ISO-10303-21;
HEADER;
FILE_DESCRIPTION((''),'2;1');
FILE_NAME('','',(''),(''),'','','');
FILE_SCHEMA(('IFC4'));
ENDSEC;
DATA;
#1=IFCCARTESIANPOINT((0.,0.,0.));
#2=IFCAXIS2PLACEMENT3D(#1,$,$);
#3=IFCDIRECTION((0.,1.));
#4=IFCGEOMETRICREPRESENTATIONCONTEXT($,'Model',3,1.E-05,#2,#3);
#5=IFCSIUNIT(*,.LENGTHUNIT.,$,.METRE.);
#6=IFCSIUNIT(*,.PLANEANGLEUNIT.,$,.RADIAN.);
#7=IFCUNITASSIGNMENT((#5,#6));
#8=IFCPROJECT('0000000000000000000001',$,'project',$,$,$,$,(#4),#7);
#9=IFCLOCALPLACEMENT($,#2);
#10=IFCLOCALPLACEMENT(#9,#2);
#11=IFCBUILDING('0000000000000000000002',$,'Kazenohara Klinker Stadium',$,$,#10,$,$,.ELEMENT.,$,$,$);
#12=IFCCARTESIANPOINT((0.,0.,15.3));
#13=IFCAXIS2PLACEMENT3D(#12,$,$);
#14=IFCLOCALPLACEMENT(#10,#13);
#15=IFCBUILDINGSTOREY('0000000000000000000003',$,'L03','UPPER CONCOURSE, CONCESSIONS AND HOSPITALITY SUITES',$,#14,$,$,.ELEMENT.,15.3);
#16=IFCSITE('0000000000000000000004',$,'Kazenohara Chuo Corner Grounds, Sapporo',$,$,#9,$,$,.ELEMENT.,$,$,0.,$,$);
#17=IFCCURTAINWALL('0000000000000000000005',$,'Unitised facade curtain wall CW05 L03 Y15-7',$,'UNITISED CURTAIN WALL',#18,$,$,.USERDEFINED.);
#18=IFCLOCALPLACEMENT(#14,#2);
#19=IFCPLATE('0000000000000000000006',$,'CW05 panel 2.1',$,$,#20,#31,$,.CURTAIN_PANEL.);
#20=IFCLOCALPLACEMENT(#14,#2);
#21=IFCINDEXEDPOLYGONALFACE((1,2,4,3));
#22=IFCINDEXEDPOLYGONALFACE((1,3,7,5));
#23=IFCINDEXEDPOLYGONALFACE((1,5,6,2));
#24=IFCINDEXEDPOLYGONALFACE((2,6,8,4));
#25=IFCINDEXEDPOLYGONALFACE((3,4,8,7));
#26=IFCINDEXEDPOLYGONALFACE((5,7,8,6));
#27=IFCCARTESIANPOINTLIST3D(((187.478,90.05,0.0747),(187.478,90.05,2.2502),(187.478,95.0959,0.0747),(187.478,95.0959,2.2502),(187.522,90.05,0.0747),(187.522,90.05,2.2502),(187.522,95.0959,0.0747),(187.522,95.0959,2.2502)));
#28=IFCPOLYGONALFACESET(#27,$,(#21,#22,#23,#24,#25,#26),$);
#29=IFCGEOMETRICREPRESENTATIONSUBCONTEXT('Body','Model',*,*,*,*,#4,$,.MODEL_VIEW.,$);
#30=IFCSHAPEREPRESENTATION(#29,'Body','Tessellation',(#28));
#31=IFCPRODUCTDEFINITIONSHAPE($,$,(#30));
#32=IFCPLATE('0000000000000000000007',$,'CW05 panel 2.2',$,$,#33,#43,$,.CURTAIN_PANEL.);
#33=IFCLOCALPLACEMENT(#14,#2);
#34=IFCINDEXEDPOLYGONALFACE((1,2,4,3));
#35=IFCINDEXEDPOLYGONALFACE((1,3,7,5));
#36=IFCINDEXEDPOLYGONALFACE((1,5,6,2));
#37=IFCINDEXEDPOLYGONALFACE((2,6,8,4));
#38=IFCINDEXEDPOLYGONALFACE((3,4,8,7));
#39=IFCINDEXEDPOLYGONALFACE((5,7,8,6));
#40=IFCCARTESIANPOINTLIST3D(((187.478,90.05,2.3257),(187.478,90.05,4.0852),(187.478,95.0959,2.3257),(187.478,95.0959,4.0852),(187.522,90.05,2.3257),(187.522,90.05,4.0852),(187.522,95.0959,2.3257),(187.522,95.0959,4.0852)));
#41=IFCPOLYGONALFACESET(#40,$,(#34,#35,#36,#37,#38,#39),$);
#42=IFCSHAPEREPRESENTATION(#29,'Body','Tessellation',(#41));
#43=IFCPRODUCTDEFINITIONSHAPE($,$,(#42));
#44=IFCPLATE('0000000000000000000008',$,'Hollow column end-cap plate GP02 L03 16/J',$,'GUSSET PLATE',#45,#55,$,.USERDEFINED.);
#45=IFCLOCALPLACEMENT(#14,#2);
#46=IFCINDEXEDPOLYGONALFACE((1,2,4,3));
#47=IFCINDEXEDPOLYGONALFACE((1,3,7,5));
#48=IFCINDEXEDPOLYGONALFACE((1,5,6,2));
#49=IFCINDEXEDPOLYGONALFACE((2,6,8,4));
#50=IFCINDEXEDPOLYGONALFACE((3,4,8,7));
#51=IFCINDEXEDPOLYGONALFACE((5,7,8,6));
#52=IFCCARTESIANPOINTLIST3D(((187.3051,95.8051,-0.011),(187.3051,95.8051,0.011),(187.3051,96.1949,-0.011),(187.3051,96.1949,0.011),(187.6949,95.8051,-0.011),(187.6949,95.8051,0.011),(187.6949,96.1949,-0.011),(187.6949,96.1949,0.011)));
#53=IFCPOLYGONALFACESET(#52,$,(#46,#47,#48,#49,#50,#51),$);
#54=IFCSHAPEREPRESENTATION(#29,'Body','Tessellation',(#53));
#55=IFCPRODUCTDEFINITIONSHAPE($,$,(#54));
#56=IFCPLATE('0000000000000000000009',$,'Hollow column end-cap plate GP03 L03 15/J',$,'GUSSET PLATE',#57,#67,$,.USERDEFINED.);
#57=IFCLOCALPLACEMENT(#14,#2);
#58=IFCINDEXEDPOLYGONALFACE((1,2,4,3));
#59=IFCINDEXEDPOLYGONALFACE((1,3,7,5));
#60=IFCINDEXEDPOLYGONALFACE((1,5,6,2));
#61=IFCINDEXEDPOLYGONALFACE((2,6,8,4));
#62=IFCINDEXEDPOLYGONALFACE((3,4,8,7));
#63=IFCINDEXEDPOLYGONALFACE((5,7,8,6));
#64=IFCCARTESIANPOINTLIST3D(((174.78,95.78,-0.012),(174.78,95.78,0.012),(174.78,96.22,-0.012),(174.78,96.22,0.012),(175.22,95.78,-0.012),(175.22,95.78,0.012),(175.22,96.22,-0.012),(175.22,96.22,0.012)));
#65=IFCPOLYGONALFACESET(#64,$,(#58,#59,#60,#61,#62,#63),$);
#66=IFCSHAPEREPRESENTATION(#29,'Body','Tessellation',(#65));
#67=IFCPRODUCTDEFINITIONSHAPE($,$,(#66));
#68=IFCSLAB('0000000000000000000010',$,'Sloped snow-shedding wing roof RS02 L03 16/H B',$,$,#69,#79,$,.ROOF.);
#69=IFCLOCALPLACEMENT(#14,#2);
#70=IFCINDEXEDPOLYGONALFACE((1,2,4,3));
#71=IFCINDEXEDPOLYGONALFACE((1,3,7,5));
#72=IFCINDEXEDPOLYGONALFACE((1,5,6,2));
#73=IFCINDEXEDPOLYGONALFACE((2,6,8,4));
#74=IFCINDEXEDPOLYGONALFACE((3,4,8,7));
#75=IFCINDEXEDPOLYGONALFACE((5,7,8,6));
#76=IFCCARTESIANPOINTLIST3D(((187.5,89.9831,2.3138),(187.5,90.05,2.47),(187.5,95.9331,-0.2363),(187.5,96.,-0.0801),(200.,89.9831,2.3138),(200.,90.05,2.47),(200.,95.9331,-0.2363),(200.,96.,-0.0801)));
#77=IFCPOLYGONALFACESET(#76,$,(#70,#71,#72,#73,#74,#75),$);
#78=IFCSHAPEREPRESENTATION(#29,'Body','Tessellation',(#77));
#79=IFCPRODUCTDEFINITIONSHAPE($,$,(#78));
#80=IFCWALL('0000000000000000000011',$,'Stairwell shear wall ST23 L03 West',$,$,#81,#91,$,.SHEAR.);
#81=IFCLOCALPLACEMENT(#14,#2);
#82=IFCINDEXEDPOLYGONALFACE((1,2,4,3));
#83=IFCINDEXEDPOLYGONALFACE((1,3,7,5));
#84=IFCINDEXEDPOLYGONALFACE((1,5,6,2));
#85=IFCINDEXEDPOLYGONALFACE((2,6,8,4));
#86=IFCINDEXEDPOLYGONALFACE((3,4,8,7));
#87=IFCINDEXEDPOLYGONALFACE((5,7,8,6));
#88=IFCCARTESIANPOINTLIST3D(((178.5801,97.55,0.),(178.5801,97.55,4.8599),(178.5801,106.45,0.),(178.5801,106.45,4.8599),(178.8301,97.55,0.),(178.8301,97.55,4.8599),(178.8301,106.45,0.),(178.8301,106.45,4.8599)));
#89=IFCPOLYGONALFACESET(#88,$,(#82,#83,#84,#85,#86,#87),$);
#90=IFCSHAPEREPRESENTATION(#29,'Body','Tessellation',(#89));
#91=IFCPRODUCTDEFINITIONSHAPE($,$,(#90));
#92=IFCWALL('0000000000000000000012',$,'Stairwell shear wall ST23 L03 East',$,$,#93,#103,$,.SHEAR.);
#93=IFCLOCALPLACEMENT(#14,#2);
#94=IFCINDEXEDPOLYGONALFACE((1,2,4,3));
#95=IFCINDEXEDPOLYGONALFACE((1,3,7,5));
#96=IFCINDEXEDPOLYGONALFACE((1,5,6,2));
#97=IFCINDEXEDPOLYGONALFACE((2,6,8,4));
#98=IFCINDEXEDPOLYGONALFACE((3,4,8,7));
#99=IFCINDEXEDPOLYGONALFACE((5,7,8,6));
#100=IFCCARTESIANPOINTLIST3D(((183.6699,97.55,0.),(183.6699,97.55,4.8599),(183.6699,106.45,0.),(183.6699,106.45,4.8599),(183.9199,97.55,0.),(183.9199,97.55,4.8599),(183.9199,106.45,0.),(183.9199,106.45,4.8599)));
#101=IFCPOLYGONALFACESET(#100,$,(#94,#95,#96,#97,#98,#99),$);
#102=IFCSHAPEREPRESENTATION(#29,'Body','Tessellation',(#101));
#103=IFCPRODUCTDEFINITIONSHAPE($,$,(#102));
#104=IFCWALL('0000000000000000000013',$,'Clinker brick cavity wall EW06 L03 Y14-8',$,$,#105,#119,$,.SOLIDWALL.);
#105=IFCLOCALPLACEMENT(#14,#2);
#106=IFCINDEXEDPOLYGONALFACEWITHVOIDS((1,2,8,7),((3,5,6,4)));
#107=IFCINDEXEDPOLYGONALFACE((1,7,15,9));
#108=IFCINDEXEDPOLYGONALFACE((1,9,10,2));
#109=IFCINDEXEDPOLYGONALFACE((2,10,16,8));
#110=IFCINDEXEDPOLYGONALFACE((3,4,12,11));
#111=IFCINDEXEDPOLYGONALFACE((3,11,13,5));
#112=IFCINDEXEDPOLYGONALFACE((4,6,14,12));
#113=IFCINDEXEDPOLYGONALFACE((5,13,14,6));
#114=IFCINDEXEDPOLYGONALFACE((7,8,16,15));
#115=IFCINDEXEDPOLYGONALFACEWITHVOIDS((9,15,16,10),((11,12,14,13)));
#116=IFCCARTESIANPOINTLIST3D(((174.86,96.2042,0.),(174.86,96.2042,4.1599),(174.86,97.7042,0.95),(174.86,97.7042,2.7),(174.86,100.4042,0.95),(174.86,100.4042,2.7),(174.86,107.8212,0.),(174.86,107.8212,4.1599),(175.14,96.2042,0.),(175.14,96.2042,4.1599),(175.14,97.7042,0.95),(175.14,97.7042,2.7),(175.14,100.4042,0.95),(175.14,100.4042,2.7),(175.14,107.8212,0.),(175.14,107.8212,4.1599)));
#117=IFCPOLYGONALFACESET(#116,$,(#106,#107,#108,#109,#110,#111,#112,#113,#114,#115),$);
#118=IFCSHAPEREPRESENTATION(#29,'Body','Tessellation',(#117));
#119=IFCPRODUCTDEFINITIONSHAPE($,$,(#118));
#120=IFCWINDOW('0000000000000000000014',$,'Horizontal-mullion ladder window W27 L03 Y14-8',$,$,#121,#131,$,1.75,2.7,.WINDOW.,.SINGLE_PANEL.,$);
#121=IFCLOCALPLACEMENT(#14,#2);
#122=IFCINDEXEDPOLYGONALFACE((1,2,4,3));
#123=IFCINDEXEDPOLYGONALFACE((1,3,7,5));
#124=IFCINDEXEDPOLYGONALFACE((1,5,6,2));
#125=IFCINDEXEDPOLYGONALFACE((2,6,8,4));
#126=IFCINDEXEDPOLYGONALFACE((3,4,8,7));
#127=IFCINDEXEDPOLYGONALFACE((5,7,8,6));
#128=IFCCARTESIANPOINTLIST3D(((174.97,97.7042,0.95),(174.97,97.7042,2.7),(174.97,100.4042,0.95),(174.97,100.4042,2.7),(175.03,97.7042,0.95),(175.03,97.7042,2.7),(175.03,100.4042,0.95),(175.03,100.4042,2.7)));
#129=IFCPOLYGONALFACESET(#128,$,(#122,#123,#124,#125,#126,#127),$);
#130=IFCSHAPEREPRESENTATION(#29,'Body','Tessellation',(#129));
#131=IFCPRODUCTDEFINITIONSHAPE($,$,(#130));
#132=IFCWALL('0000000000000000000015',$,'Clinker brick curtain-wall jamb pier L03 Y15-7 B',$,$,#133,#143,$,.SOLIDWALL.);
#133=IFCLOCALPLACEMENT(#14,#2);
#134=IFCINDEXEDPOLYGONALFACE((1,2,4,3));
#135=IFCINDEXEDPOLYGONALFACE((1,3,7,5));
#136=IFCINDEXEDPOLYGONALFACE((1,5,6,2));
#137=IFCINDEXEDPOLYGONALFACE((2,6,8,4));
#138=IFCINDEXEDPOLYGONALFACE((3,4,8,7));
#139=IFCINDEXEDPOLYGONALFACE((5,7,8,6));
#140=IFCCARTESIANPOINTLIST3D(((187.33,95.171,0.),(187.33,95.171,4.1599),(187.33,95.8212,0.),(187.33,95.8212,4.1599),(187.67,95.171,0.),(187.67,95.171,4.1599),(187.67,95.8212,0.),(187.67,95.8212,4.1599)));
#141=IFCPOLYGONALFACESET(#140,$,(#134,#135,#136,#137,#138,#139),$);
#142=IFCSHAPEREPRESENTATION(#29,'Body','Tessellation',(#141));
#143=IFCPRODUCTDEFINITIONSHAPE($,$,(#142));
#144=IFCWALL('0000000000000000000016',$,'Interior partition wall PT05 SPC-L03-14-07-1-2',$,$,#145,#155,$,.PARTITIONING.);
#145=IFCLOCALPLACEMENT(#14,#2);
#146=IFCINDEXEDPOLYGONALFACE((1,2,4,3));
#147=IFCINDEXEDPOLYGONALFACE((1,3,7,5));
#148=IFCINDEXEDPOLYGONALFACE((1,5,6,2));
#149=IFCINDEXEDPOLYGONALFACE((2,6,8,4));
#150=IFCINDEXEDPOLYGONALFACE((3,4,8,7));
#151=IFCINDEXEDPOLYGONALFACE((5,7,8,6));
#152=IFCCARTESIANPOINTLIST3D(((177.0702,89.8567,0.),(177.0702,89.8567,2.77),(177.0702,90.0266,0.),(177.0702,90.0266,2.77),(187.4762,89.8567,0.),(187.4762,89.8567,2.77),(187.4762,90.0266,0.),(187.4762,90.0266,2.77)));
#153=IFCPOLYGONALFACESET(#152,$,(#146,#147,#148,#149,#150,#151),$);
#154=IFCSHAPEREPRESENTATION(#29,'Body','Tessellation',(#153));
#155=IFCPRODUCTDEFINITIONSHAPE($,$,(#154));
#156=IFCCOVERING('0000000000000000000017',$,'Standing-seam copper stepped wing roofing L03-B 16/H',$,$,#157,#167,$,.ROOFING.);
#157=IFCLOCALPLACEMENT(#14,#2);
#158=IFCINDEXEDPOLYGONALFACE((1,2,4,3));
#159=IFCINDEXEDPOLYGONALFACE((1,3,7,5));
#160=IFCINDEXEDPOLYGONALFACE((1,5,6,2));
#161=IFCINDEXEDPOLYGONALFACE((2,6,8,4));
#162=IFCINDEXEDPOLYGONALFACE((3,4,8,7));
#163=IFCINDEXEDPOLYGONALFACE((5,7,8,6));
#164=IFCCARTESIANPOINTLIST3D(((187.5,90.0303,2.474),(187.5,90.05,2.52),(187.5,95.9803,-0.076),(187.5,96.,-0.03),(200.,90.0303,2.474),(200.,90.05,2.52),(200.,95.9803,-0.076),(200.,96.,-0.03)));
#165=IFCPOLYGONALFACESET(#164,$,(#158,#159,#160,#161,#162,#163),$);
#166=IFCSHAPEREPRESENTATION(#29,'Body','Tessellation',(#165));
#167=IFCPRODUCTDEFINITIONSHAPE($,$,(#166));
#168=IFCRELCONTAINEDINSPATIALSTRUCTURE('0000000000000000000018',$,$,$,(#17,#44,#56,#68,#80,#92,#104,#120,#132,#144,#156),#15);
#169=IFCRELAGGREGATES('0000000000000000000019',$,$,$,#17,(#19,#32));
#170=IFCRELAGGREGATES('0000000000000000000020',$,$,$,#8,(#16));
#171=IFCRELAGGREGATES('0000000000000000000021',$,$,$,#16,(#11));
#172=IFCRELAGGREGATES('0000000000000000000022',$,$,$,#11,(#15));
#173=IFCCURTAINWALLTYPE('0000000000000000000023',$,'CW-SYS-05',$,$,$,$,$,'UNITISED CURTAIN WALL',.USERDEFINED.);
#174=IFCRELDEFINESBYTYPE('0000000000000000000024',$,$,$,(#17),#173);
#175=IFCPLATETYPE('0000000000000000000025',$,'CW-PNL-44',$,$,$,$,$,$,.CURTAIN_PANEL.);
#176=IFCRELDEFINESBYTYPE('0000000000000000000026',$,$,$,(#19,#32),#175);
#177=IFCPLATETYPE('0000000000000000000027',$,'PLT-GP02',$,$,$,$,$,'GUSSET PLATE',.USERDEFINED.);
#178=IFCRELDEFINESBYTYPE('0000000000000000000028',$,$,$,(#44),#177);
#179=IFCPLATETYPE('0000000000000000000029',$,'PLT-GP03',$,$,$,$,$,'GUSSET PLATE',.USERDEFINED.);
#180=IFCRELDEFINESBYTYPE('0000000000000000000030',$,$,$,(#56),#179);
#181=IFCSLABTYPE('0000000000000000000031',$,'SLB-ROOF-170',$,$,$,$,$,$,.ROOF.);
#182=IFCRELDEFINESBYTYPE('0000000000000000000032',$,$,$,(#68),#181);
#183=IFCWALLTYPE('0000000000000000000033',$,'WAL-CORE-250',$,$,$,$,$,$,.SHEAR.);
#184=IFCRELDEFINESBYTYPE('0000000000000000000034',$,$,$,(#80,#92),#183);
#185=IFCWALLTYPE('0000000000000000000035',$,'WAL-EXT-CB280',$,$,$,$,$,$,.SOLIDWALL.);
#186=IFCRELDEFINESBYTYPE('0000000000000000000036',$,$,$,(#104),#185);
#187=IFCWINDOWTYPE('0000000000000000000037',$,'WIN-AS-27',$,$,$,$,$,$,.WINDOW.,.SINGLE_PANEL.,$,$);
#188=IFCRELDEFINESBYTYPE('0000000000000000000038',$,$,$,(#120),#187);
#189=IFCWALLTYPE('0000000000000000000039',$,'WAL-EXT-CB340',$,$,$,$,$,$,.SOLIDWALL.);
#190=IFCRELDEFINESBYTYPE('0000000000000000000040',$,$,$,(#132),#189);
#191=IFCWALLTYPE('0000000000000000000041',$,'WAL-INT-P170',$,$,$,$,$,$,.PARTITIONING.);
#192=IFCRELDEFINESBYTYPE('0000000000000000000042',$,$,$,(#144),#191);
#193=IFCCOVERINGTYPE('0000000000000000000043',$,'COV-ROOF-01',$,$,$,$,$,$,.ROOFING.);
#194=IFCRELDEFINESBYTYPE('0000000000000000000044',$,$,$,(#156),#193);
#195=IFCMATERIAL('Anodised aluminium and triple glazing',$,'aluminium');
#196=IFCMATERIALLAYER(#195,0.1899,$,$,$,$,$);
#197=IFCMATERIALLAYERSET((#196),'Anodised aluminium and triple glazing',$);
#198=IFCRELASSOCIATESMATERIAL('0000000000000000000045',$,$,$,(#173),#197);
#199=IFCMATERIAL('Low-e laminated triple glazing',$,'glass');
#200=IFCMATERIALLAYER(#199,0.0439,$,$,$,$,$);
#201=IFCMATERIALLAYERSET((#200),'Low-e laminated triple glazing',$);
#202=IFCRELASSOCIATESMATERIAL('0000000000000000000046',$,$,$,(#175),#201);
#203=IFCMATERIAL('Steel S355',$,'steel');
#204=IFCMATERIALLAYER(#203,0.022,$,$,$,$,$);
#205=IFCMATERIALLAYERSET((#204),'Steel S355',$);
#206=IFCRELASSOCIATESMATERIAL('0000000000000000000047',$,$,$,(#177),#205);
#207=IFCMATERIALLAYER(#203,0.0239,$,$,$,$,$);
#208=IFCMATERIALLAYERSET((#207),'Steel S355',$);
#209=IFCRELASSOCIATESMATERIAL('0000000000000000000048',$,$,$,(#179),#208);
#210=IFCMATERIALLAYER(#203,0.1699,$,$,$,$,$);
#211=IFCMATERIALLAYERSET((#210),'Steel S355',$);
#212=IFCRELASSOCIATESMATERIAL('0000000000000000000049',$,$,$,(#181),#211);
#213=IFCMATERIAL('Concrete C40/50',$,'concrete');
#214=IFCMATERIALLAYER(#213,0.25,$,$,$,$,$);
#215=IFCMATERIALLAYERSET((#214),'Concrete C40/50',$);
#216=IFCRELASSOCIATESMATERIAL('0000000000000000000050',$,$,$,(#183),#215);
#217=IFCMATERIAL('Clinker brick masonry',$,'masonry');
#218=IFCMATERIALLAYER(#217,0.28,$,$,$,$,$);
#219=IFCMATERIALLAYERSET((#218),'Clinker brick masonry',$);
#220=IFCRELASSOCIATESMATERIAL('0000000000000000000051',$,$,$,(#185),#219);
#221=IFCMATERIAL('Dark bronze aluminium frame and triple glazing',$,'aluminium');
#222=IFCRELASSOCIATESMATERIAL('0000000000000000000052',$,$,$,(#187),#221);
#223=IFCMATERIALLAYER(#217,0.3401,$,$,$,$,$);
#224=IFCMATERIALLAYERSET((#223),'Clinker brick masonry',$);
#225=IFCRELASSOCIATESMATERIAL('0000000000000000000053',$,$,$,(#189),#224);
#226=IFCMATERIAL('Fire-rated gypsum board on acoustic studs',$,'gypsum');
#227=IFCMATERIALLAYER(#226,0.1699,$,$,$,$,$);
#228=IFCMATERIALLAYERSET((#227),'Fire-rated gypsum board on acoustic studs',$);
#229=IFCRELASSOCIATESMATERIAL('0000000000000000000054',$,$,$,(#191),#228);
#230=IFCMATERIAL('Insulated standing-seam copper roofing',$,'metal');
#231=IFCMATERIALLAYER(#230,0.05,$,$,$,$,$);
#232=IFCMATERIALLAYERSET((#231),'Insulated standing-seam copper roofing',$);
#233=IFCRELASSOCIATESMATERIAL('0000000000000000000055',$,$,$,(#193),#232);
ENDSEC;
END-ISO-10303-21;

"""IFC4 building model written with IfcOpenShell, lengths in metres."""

from ifc_helpers import new_model, si_unit, direction, frame, frame_2d, origin, origin_2d, place, context, subcontext, project, spatial, polyline, rectangle, outline, extrude, material, layer, layer_set, type_object, element, fill, aggregate, save


model = new_model("IFC4")

# Units and contexts
model_context = context("Model", 3, precision=1e-05, world=origin(), true_north=direction((0.0, 1.0)))
body_context = subcontext(model_context, "Body", "Model", "MODEL_VIEW")
ifc_project = project(units=[si_unit("LENGTHUNIT", "METRE"), si_unit("PLANEANGLEUNIT", "RADIAN")], contexts=[model_context])

# Site, building, storey
site_placement = place(None, origin())
site = spatial("IfcSite", under=ifc_project, at=site_placement, Name="Kazenohara Chuo Corner Grounds, Sapporo", CompositionType="ELEMENT", RefElevation=0.0)
building_placement = place(site_placement, origin())
building = spatial("IfcBuilding", under=site, at=building_placement, Name="Kazenohara Klinker Stadium", CompositionType="ELEMENT")
storey_placement = place(building_placement, frame((0.0, 0.0, 15.3)))
storey = spatial("IfcBuildingStorey", under=building, at=storey_placement, Name="L03", Description="UPPER CONCOURSE, CONCESSIONS AND HOSPITALITY SUITES", CompositionType="ELEMENT", Elevation=15.3)

# Shared definitions
ifc_material_1 = material(Name="Steel S355", Category="steel")

# Curtain wall
ifc_material_2 = material(Name="Anodised aluminium and triple glazing", Category="aluminium")
ifc_layer_1 = layer(ifc_material_2, 0.1899)
ifc_layer_set_1 = layer_set([ifc_layer_1], Name="Anodised aluminium and triple glazing")
curtain_wall_type = type_object("IfcCurtainWallType", Name="CW-SYS-05", ElementType="UNITISED CURTAIN WALL", PredefinedType="USERDEFINED", material=ifc_layer_set_1)
curtain_wall_placement = place(storey_placement, origin())
curtain_wall = element("IfcCurtainWall", 1, at=curtain_wall_placement, inside=storey, type_object=curtain_wall_type, Name="Unitised facade curtain wall CW05 L03 Y15-7", ObjectType="UNITISED CURTAIN WALL", PredefinedType="USERDEFINED")

# Plates
ifc_material_3 = material(Name="Low-e laminated triple glazing", Category="glass")
ifc_layer_2 = layer(ifc_material_3, 0.0439)
ifc_layer_set_2 = layer_set([ifc_layer_2], Name="Low-e laminated triple glazing")
plate_type_1 = type_object("IfcPlateType", Name="CW-PNL-44", PredefinedType="CURTAIN_PANEL", material=ifc_layer_set_2)
plate_1_placement = place(storey_placement, frame((187.5, 92.573, 0.0747), z_axis=(0.0, 0.0, 1.0), x_axis=(0.0, 1.0, 0.0)))
plate_1 = element("IfcPlate", 2, at=plate_1_placement, type_object=plate_type_1, Name="CW05 panel 2.1", PredefinedType="CURTAIN_PANEL", context=body_context, shape_type="SweptSolid", body=[
    extrude(rectangle(XDim=5.0459, YDim=0.0439, at=origin_2d()), origin(), (0.0, 0.0, 1.0), 2.1755),
])
plate_2_placement = place(storey_placement, frame((187.5, 92.573, 2.3257), z_axis=(0.0, 0.0, 1.0), x_axis=(0.0, 1.0, 0.0)))
plate_2 = element("IfcPlate", 3, at=plate_2_placement, type_object=plate_type_1, Name="CW05 panel 2.2", PredefinedType="CURTAIN_PANEL", context=body_context, shape_type="SweptSolid", body=[
    extrude(rectangle(XDim=5.0459, YDim=0.0439, at=origin_2d()), origin(), (0.0, 0.0, 1.0), 1.7595),
])
aggregate(curtain_wall, [plate_1, plate_2])

# Plates
ifc_layer_3 = layer(ifc_material_1, 0.022)
ifc_layer_set_3 = layer_set([ifc_layer_3], Name="Steel S355")
plate_type_2 = type_object("IfcPlateType", Name="PLT-GP02", ElementType="GUSSET PLATE", PredefinedType="USERDEFINED", material=ifc_layer_set_3)
plate_3_placement = place(storey_placement, frame((187.5, 96.0, -0.011), z_axis=(0.0, 0.0, 1.0), x_axis=(1.0, 0.0, 0.0)))
element("IfcPlate", 4, at=plate_3_placement, inside=storey, type_object=plate_type_2, Name="Hollow column end-cap plate GP02 L03 16/J", ObjectType="GUSSET PLATE", PredefinedType="USERDEFINED", context=body_context, shape_type="SweptSolid", body=[
    extrude(rectangle(XDim=0.3899, YDim=0.3899, at=origin_2d()), origin(), (0.0, 0.0, 1.0), 0.022),
])
ifc_layer_4 = layer(ifc_material_1, 0.0239)
ifc_layer_set_4 = layer_set([ifc_layer_4], Name="Steel S355")
plate_type_3 = type_object("IfcPlateType", Name="PLT-GP03", ElementType="GUSSET PLATE", PredefinedType="USERDEFINED", material=ifc_layer_set_4)
plate_4_placement = place(storey_placement, frame((175.0, 96.0, -0.012), z_axis=(0.0, 0.0, 1.0), x_axis=(1.0, 0.0, 0.0)))
element("IfcPlate", 5, at=plate_4_placement, inside=storey, type_object=plate_type_3, Name="Hollow column end-cap plate GP03 L03 15/J", ObjectType="GUSSET PLATE", PredefinedType="USERDEFINED", context=body_context, shape_type="SweptSolid", body=[
    extrude(rectangle(XDim=0.4399, YDim=0.4399, at=origin_2d()), origin(), (0.0, 0.0, 1.0), 0.0239),
])

# Slab
ifc_layer_5 = layer(ifc_material_1, 0.1699)
ifc_layer_set_5 = layer_set([ifc_layer_5], Name="Steel S355")
slab_type = type_object("IfcSlabType", Name="SLB-ROOF-170", PredefinedType="ROOF", material=ifc_layer_set_5)
slab_placement = place(storey_placement, frame((187.5, 90.05, 2.47), z_axis=(0.0, 0.393928, 0.919141), x_axis=(1.0, 0.0, 0.0)))
element("IfcSlab", 6, at=slab_placement, inside=storey, type_object=slab_type, Name="Sloped snow-shedding wing roof RS02 L03 16/H B", PredefinedType="ROOF", context=body_context, shape_type="SweptSolid", body=[
    extrude(outline(polyline([(0.0, 0.0), (12.5, 0.0), (12.5, 6.4734), (0.0, 6.4734), (0.0, 0.0)])), origin(), (0.0, 0.0, -1.0), 0.1699),
])

# Shared definitions
ifc_material_4 = material(Name="Concrete C40/50", Category="concrete")
ifc_layer_6 = layer(ifc_material_4, 0.25)
ifc_layer_set_6 = layer_set([ifc_layer_6], Name="Concrete C40/50")
wall_type_1 = type_object("IfcWallType", Name="WAL-CORE-250", PredefinedType="SHEAR", material=ifc_layer_set_6)

# Walls
for number, where, z_axis, x_axis, name in (
    (7, (178.7051, 97.55, 0.0), (0.0, 0.0, 1.0), (0.0, 1.0, 0.0), "Stairwell shear wall ST23 L03 West"),
    (8, (183.7949, 97.55, 0.0), (0.0, 0.0, 1.0), (0.0, 1.0, 0.0), "Stairwell shear wall ST23 L03 East"),
):
    element("IfcWall", number, at=place(storey_placement, frame(where, z_axis=z_axis, x_axis=x_axis)), inside=storey, type_object=wall_type_1, Name=name, PredefinedType="SHEAR", context=body_context, shape_type="SweptSolid", body=[
        extrude(rectangle(XDim=8.8999, YDim=0.25, at=frame_2d((4.45, 0.0))), origin(), (0.0, 0.0, 1.0), 4.8599),
    ])

# Wall, opening, window
ifc_material_5 = material(Name="Clinker brick masonry", Category="masonry")
ifc_layer_7 = layer(ifc_material_5, 0.28)
ifc_layer_set_7 = layer_set([ifc_layer_7], Name="Clinker brick masonry")
wall_type_2 = type_object("IfcWallType", Name="WAL-EXT-CB280", PredefinedType="SOLIDWALL", material=ifc_layer_set_7)
wall_1_placement = place(storey_placement, frame((175.0, 96.2041, 0.0), z_axis=(0.0, 0.0, 1.0), x_axis=(0.0, 1.0, 0.0)))
wall_1 = element("IfcWall", 9, at=wall_1_placement, inside=storey, type_object=wall_type_2, Name="Clinker brick cavity wall EW06 L03 Y14-8", PredefinedType="SOLIDWALL", context=body_context, shape_type="SweptSolid", body=[
    extrude(rectangle(XDim=11.6169, YDim=0.28, at=frame_2d((5.8086, 0.0))), origin(), (0.0, 0.0, 1.0), 4.1599),
])
opening_1_placement = place(wall_1_placement, frame((1.5, 0.0, 0.95)))
opening_1 = element("IfcOpeningElement", 10, at=opening_1_placement, cuts=wall_1, PredefinedType="OPENING", context=body_context, shape_type="SweptSolid", body=[
    extrude(rectangle(XDim=2.7, YDim=1.75, at=frame_2d((1.3501, 0.875))), frame((0.0, 0.1499, 0.0), z_axis=(0.0, -1.0, 0.0), x_axis=(1.0, 0.0, 0.0)), (0.0, 0.0, 1.0), 0.3),
])
ifc_material_6 = material(Name="Dark bronze aluminium frame and triple glazing", Category="aluminium")
window_type = type_object("IfcWindowType", Name="WIN-AS-27", PartitioningType="SINGLE_PANEL", PredefinedType="WINDOW", material=ifc_material_6)
window_placement = place(opening_1_placement, origin())
window = element("IfcWindow", 11, at=window_placement, inside=storey, type_object=window_type, Name="Horizontal-mullion ladder window W27 L03 Y14-8", OverallHeight=1.75, OverallWidth=2.7, PartitioningType="SINGLE_PANEL", PredefinedType="WINDOW", context=body_context, shape_type="SweptSolid", body=[
    extrude(rectangle(XDim=2.7, YDim=1.75, at=frame_2d((1.3501, 0.875))), frame((0.0, 0.03, 0.0), z_axis=(0.0, -1.0, 0.0), x_axis=(1.0, 0.0, 0.0)), (0.0, 0.0, 1.0), 0.0601),
])
fill(opening_1, window)

# Walls
ifc_layer_8 = layer(ifc_material_5, 0.3401)
ifc_layer_set_8 = layer_set([ifc_layer_8], Name="Clinker brick masonry")
wall_type_3 = type_object("IfcWallType", Name="WAL-EXT-CB340", PredefinedType="SOLIDWALL", material=ifc_layer_set_8)
wall_2_placement = place(storey_placement, frame((187.5, 95.1709, 0.0), z_axis=(0.0, 0.0, 1.0), x_axis=(0.0, 1.0, 0.0)))
element("IfcWall", 12, at=wall_2_placement, inside=storey, type_object=wall_type_3, Name="Clinker brick curtain-wall jamb pier L03 Y15-7 B", PredefinedType="SOLIDWALL", context=body_context, shape_type="SweptSolid", body=[
    extrude(rectangle(XDim=0.6501, YDim=0.3401, at=frame_2d((0.3252, 0.0))), origin(), (0.0, 0.0, 1.0), 4.1599),
])
ifc_material_7 = material(Name="Fire-rated gypsum board on acoustic studs", Category="gypsum")
ifc_layer_9 = layer(ifc_material_7, 0.1699)
ifc_layer_set_9 = layer_set([ifc_layer_9], Name="Fire-rated gypsum board on acoustic studs")
wall_type_4 = type_object("IfcWallType", Name="WAL-INT-P170", PredefinedType="PARTITIONING", material=ifc_layer_set_9)
wall_3_placement = place(storey_placement, frame((177.0701, 89.9417, 0.0), z_axis=(0.0, 0.0, 1.0), x_axis=(1.0, 0.0, 0.0)))
element("IfcWall", 13, at=wall_3_placement, inside=storey, type_object=wall_type_4, Name="Interior partition wall PT05 SPC-L03-14-07-1-2", PredefinedType="PARTITIONING", context=body_context, shape_type="SweptSolid", body=[
    extrude(rectangle(XDim=10.406, YDim=0.1699, at=frame_2d((5.2031, 0.0))), origin(), (0.0, 0.0, 1.0), 2.77),
])

# Covering
ifc_material_8 = material(Name="Insulated standing-seam copper roofing", Category="metal")
ifc_layer_10 = layer(ifc_material_8, 0.05)
ifc_layer_set_10 = layer_set([ifc_layer_10], Name="Insulated standing-seam copper roofing")
covering_type = type_object("IfcCoveringType", Name="COV-ROOF-01", PredefinedType="ROOFING", material=ifc_layer_set_10)
covering_placement = place(storey_placement, frame((187.5, 90.05, 2.52), z_axis=(0.0, 0.393928, 0.919141), x_axis=(1.0, 0.0, 0.0)))
element("IfcCovering", 14, at=covering_placement, inside=storey, type_object=covering_type, Name="Standing-seam copper stepped wing roofing L03-B 16/H", PredefinedType="ROOFING", context=body_context, shape_type="SweptSolid", body=[
    extrude(outline(polyline([(0.0, 0.0), (12.5, 0.0), (12.5, 6.4734), (0.0, 6.4734), (0.0, 0.0)])), origin(), (0.0, 0.0, -1.0), 0.05),
])

save(model, "model.ifc")
